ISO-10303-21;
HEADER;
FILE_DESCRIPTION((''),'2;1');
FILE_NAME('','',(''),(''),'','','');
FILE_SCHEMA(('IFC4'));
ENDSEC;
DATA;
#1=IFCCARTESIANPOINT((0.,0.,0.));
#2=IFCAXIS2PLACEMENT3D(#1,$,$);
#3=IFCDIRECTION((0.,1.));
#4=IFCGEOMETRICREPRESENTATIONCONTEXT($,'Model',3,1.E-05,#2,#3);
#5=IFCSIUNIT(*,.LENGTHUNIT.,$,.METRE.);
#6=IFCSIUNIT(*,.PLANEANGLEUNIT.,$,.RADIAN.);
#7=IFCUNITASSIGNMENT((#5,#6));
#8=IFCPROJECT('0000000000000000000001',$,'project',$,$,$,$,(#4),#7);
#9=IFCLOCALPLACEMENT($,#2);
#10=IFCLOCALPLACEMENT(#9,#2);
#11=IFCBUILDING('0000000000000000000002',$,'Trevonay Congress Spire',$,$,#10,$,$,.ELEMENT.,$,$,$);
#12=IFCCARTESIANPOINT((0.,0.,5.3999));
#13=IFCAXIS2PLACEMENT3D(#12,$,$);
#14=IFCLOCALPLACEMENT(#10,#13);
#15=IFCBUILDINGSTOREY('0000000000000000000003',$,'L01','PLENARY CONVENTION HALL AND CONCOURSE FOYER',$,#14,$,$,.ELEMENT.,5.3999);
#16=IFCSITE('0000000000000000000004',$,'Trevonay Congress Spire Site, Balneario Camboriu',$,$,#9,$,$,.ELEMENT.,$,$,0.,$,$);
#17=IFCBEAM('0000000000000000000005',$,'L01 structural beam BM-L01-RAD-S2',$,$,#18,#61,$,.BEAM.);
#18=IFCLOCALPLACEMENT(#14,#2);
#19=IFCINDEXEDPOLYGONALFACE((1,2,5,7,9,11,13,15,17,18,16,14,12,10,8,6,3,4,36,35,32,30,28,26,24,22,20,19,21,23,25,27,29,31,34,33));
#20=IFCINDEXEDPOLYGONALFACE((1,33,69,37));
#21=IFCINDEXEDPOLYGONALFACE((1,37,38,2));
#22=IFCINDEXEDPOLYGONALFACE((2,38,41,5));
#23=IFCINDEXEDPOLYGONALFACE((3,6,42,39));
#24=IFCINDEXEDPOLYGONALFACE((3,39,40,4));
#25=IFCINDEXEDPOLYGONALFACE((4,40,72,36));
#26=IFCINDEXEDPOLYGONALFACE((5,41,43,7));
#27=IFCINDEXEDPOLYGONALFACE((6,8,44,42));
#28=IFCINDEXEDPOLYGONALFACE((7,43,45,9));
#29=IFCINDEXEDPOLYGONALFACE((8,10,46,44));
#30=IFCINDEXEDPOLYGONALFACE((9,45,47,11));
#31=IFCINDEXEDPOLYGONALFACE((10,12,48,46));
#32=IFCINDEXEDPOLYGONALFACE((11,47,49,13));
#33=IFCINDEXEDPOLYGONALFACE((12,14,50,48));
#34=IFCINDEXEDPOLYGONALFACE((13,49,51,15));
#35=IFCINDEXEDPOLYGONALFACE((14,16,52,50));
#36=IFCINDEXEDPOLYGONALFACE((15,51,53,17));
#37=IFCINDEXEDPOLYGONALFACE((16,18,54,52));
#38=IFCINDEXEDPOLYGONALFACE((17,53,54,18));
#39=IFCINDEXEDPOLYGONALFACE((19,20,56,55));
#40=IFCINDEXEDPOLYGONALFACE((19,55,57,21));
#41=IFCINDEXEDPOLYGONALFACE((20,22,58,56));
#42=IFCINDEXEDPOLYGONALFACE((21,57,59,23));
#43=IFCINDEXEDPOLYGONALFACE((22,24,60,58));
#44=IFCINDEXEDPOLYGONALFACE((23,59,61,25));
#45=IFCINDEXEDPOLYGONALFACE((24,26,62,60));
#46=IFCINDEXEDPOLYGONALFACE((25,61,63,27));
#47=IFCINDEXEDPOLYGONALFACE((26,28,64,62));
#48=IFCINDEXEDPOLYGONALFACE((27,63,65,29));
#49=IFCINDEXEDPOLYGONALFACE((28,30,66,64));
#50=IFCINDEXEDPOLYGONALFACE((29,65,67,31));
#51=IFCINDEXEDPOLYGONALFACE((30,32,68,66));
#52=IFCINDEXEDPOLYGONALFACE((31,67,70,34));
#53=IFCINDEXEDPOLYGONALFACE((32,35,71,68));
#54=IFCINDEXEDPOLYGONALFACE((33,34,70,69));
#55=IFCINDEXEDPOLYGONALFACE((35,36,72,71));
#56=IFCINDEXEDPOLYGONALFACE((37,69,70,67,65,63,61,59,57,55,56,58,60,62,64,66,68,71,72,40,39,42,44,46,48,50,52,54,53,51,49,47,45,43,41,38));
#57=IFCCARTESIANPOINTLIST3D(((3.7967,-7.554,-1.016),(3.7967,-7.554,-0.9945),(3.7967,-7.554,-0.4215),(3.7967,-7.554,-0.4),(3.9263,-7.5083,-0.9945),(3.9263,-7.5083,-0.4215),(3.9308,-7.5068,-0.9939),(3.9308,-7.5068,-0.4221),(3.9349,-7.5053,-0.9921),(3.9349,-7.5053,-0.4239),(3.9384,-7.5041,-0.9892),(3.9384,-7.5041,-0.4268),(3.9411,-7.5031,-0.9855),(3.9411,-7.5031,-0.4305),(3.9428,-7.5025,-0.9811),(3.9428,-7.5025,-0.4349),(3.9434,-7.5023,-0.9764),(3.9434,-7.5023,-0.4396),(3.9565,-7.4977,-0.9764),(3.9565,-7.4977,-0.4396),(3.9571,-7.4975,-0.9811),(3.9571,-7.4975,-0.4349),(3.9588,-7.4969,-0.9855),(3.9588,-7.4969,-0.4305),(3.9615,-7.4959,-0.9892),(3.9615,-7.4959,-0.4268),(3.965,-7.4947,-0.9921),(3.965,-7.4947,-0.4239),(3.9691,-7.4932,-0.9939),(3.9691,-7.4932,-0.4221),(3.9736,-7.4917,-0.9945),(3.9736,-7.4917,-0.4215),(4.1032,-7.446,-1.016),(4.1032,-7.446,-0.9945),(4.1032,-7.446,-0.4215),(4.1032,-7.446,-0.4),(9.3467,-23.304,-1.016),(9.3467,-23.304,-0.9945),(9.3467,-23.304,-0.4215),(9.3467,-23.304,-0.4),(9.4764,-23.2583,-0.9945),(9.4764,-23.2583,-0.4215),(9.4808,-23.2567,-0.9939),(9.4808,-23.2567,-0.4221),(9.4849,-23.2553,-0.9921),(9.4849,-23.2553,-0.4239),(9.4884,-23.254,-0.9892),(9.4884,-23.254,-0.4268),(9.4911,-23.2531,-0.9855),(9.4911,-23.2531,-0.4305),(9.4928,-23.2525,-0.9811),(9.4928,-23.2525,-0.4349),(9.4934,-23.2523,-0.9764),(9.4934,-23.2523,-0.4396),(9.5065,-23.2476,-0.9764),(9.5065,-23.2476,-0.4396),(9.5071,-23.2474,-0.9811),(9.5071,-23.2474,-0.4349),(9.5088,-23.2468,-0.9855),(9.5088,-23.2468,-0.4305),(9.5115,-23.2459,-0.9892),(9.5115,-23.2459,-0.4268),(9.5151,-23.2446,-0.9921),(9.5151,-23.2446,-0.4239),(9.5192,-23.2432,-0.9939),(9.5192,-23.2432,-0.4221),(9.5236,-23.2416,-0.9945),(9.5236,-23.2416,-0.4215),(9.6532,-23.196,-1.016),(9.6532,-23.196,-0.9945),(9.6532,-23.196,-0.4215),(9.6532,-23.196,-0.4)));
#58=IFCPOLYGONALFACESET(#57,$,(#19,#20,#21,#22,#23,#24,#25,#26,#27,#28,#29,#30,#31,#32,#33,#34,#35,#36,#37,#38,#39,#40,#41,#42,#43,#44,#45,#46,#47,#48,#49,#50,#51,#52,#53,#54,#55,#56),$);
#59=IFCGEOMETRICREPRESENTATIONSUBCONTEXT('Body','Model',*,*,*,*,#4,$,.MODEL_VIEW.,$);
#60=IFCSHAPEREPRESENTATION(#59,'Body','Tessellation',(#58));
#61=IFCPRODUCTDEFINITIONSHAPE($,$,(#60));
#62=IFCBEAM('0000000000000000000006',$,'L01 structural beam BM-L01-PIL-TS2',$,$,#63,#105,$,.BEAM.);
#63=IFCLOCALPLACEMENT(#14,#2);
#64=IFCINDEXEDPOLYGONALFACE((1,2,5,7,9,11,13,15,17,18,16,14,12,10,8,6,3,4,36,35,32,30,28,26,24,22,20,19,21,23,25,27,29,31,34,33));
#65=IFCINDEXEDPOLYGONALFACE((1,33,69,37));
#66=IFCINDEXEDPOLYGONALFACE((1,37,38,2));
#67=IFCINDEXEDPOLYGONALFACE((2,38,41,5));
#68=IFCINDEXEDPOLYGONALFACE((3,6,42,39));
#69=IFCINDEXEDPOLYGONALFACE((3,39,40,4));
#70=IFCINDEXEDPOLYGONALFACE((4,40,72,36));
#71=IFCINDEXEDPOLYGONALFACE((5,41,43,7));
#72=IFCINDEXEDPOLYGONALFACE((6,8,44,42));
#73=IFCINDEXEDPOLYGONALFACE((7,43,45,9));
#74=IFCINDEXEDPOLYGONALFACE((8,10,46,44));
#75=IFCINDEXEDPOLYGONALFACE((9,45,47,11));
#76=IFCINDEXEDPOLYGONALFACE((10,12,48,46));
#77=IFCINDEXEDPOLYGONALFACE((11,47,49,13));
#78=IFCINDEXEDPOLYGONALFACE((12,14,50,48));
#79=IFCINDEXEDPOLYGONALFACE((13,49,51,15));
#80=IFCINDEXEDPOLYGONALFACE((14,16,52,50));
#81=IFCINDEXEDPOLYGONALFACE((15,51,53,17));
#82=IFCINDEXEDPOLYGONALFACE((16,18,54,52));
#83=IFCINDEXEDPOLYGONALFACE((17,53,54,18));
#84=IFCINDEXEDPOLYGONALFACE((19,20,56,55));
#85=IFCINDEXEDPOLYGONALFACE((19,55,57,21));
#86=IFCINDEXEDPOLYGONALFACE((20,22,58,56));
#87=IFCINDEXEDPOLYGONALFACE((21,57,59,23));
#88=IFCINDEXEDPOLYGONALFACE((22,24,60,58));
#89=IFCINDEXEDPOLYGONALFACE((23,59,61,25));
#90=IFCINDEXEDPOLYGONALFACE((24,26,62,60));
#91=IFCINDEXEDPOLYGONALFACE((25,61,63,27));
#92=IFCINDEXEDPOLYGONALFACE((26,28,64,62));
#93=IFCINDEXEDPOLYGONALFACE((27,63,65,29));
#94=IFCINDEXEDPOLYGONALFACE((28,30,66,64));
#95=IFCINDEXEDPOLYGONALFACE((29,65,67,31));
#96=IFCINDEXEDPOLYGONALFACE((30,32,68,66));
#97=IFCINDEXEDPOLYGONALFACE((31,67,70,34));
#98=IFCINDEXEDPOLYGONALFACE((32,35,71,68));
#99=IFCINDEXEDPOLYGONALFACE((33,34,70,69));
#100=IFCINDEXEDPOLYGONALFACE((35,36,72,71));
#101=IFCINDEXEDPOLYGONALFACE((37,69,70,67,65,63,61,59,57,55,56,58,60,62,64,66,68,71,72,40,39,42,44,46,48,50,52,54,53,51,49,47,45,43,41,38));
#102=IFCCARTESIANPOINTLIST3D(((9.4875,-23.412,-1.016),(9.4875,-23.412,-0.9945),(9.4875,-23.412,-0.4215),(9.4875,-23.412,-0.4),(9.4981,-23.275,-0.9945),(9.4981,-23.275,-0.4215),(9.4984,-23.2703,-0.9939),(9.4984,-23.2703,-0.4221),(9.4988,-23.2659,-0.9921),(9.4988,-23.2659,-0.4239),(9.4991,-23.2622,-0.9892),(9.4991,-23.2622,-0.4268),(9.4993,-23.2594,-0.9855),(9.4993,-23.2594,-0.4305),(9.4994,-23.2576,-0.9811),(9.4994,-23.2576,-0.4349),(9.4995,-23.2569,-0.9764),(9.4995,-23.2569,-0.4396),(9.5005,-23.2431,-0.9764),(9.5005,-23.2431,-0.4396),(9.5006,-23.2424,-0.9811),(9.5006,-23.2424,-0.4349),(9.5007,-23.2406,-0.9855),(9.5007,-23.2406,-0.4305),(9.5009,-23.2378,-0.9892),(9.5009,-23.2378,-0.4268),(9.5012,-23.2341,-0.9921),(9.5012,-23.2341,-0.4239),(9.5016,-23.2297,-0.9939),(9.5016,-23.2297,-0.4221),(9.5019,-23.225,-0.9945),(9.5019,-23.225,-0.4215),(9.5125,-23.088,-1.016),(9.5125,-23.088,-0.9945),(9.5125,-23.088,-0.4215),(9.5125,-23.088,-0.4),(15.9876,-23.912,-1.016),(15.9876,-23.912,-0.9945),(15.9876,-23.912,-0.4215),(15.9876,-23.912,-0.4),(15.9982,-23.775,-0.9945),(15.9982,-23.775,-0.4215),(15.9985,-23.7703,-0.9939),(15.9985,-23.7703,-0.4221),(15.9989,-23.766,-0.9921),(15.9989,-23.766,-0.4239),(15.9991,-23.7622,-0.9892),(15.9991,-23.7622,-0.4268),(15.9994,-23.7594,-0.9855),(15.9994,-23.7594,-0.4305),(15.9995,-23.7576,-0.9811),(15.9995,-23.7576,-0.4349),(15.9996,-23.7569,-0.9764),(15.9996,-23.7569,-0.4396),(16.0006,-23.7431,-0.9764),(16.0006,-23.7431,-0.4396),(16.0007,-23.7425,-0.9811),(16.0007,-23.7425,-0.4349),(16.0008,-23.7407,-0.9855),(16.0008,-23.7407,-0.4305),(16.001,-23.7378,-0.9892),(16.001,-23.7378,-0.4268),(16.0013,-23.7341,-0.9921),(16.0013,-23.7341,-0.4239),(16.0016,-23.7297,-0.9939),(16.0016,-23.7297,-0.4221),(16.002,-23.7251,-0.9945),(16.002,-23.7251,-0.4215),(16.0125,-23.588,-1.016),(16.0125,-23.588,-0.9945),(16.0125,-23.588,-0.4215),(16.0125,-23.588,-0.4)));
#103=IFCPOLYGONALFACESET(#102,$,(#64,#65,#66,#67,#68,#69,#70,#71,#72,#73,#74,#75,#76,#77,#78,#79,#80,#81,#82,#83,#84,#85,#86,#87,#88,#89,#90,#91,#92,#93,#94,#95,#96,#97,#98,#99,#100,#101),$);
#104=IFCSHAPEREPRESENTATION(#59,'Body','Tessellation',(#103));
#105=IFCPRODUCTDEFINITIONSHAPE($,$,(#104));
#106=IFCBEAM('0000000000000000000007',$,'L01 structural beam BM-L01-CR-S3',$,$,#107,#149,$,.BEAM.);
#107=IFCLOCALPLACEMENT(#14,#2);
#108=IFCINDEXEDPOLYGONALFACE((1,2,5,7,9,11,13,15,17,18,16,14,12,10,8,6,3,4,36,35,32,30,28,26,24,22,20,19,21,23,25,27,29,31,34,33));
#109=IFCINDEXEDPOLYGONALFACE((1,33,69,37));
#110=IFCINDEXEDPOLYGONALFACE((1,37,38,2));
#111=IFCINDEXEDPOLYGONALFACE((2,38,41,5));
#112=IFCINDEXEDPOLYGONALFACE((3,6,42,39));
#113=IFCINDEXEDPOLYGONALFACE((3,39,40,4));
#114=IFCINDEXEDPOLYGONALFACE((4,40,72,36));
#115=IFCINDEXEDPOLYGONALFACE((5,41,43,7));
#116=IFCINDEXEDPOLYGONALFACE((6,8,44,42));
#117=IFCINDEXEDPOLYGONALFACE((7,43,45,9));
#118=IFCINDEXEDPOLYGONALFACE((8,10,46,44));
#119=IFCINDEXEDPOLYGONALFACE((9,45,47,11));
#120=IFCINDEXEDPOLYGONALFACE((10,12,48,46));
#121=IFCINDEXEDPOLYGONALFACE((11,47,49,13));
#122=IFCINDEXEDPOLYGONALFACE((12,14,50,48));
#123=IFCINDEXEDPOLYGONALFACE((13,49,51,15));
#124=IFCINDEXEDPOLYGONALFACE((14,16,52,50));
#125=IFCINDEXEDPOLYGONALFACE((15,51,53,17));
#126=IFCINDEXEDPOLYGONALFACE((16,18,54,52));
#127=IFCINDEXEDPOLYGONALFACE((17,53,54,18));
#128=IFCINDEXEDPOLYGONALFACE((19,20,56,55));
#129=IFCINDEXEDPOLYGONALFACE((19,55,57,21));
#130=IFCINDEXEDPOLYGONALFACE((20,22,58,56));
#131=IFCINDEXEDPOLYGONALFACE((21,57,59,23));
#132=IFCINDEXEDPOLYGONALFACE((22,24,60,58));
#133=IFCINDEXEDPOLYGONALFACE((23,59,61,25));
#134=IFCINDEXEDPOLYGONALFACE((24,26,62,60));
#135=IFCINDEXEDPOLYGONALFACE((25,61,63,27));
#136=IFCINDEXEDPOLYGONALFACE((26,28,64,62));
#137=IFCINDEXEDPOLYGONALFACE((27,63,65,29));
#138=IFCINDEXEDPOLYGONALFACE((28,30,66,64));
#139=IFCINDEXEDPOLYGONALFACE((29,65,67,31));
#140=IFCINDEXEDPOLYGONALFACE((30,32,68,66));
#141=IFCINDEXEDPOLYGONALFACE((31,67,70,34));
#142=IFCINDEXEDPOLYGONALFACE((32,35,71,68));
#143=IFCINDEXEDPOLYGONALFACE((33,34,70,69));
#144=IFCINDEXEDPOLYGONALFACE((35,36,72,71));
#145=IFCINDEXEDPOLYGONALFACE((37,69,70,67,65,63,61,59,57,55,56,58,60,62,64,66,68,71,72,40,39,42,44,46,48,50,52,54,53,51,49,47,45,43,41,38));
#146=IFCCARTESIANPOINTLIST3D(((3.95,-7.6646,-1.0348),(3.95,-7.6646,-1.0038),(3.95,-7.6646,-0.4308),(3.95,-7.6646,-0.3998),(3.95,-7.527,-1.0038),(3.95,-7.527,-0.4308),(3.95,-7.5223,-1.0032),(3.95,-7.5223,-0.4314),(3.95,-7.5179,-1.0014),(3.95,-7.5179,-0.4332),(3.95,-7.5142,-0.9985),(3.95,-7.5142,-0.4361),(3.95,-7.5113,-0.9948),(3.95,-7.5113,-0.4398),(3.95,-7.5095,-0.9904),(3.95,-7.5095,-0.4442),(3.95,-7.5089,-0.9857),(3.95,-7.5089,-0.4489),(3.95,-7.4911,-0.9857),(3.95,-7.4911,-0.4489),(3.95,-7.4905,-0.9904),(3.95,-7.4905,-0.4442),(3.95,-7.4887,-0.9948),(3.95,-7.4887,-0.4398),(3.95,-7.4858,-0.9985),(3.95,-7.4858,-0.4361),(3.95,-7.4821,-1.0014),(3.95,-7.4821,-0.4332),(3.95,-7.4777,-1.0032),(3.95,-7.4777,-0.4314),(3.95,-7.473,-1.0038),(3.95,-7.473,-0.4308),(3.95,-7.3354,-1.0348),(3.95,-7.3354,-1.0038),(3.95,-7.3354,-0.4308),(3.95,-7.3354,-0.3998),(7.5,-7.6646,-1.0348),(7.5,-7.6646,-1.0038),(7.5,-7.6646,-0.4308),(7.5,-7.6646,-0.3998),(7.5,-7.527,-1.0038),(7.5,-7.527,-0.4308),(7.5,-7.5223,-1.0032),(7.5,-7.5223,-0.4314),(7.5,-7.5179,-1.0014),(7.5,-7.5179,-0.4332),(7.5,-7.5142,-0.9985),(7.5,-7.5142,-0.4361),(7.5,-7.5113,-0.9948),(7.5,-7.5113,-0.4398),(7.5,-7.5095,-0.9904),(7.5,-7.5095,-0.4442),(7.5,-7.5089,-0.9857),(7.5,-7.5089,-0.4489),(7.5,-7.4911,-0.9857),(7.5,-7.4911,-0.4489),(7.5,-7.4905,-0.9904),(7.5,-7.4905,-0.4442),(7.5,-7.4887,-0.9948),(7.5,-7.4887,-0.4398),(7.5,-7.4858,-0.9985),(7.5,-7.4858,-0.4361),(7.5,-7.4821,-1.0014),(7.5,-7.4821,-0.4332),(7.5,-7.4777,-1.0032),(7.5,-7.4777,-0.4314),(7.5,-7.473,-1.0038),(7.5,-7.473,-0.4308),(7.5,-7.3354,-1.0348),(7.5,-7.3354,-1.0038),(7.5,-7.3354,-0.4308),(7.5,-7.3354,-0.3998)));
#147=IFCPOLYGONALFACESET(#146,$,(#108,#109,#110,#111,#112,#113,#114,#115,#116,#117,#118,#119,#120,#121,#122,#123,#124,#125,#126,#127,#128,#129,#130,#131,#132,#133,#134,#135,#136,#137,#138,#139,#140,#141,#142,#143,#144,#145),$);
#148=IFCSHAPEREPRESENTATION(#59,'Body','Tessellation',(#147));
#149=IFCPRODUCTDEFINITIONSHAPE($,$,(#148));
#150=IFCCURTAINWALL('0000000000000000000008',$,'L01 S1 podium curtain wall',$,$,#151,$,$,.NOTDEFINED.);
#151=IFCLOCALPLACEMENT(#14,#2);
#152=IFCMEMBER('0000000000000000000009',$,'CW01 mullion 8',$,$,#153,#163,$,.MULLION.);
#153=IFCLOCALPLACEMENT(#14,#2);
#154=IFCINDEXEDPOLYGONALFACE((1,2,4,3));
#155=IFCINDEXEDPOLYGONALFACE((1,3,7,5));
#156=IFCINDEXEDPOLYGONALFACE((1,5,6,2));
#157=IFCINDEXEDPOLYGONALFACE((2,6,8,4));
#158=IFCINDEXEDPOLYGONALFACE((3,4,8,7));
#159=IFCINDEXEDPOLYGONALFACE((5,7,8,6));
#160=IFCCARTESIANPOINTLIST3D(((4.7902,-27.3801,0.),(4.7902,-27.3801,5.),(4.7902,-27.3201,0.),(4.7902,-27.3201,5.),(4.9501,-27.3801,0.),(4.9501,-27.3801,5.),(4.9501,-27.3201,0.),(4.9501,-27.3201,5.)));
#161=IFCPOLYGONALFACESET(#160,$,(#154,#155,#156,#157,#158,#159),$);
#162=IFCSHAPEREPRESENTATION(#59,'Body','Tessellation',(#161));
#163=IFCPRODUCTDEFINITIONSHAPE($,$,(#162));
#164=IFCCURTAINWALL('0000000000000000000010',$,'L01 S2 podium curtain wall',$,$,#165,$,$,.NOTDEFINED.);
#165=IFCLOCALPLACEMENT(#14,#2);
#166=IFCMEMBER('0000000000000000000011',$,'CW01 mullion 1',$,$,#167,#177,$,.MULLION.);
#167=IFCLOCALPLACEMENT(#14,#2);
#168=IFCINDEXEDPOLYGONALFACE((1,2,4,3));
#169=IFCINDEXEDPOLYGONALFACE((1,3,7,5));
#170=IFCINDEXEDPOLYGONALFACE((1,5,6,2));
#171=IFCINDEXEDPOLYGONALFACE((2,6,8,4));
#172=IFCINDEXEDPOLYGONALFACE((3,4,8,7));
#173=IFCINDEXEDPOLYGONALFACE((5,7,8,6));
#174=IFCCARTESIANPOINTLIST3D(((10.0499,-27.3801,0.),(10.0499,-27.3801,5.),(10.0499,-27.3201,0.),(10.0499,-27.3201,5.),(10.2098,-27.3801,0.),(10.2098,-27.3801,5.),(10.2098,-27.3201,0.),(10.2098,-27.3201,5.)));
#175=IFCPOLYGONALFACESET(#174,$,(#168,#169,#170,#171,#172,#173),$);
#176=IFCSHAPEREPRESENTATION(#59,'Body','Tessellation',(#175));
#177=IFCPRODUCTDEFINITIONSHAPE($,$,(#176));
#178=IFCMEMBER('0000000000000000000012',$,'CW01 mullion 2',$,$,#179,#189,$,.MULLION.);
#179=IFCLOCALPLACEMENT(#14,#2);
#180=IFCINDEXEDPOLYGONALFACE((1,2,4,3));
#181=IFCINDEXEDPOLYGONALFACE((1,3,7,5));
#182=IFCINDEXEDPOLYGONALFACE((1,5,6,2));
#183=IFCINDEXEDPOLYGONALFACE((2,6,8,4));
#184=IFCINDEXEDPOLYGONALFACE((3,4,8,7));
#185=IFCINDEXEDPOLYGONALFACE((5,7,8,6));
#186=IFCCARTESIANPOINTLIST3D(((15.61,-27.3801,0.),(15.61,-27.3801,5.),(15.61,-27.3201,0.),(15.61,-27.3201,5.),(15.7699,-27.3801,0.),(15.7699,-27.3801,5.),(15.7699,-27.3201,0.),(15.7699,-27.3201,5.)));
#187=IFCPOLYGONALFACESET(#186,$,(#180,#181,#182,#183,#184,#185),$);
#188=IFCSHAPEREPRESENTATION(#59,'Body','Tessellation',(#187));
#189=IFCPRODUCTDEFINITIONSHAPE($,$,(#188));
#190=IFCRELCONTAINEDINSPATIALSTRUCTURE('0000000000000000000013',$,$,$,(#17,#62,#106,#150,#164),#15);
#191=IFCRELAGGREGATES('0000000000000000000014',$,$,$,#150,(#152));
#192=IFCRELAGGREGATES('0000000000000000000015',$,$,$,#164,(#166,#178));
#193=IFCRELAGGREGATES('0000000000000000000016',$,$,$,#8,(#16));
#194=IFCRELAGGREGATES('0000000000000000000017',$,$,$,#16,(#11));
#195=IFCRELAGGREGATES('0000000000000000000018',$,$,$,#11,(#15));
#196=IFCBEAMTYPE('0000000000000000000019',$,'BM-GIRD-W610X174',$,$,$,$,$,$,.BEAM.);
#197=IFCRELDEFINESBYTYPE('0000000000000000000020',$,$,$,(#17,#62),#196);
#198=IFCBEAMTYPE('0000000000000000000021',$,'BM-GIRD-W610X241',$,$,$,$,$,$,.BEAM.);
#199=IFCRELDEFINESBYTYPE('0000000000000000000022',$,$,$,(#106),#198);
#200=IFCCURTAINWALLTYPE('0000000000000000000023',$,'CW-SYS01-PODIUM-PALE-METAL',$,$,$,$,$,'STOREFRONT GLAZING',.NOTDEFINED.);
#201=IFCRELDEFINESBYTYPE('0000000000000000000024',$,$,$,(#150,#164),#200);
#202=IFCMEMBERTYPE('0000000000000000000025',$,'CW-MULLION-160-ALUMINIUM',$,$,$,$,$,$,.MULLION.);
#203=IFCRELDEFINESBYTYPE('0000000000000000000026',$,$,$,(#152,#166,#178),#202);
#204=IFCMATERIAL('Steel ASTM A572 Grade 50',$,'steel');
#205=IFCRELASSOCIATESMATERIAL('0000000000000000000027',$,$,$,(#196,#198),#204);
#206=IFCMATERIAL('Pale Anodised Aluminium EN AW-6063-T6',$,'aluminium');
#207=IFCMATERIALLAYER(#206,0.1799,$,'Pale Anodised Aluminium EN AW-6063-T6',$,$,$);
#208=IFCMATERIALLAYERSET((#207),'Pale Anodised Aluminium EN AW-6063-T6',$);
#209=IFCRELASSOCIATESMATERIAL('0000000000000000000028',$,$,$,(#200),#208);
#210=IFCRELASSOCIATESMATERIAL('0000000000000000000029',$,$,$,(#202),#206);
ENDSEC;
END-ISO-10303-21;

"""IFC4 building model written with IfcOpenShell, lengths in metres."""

from ifc_helpers import new_model, si_unit, direction, frame, origin, origin_2d, place, context, subcontext, project, spatial, rectangle, i_section, extrude, material, layer, layer_set, material_profile, profile_set, type_object, element, aggregate, save


model = new_model("IFC4")

# Units and contexts
model_context = context("Model", 3, precision=1e-05, world=origin(), true_north=direction((0.0, 1.0)))
body_context = subcontext(model_context, "Body", "Model", "MODEL_VIEW")
ifc_project = project(units=[si_unit("LENGTHUNIT", "METRE"), si_unit("PLANEANGLEUNIT", "RADIAN")], contexts=[model_context])

# Site, building, storey
site_placement = place(None, origin())
site = spatial("IfcSite", under=ifc_project, at=site_placement, Name="Trevonay Congress Spire Site, Balneario Camboriu", CompositionType="ELEMENT", RefElevation=0.0)
building_placement = place(site_placement, origin())
building = spatial("IfcBuilding", under=site, at=building_placement, Name="Trevonay Congress Spire", CompositionType="ELEMENT")
storey_placement = place(building_placement, frame((0.0, 0.0, 5.3999)))
storey = spatial("IfcBuildingStorey", under=building, at=storey_placement, Name="L01", Description="PLENARY CONVENTION HALL AND CONCOURSE FOYER", CompositionType="ELEMENT", Elevation=5.3999)

# Shared definitions
ifc_material_1 = material(Name="Steel ASTM A572 Grade 50", Category="steel")

# Beams
ifc_material_profile_1 = material_profile(ifc_material_1, i_section(OverallWidth=0.325, OverallDepth=0.616, WebThickness=0.0139, FlangeThickness=0.0215, FilletRadius=0.0181, at=origin_2d()), Name="W610x174")
ifc_profile_set_1 = profile_set([ifc_material_profile_1], Name="Steel ASTM A572 Grade 50")
beam_type_1 = type_object("IfcBeamType", Name="BM-GIRD-W610X174", PredefinedType="BEAM", material=ifc_profile_set_1)
beam_1_placement = place(storey_placement, frame((3.95, -7.5, -0.708), z_axis=(0.332353, -0.943155, 0.0), x_axis=(0.943155, 0.332353, 0.0)))
element("IfcBeam", 1, at=beam_1_placement, inside=storey, type_object=beam_type_1, Name="L01 structural beam BM-L01-RAD-S2", PredefinedType="BEAM", context=body_context, shape_type="SweptSolid", body=[
    extrude(i_section(OverallWidth=0.325, OverallDepth=0.616, WebThickness=0.0139, FlangeThickness=0.0215, FilletRadius=0.0181, at=origin_2d()), origin(), (0.0, 0.0, 1.0), 16.6992),
])
beam_2_placement = place(storey_placement, frame((9.5, -23.25, -0.708), z_axis=(0.997054, -0.076696, 0.0), x_axis=(0.076696, 0.997054, 0.0)))
element("IfcBeam", 2, at=beam_2_placement, inside=storey, type_object=beam_type_1, Name="L01 structural beam BM-L01-PIL-TS2", PredefinedType="BEAM", context=body_context, shape_type="SweptSolid", body=[
    extrude(i_section(OverallWidth=0.325, OverallDepth=0.616, WebThickness=0.0139, FlangeThickness=0.0215, FilletRadius=0.0181, at=origin_2d()), origin(), (0.0, 0.0, 1.0), 6.5193),
])
ifc_material_profile_2 = material_profile(ifc_material_1, i_section(OverallWidth=0.3291, OverallDepth=0.635, WebThickness=0.0178, FlangeThickness=0.031, FilletRadius=0.0181, at=origin_2d()), Name="W610x241")
ifc_profile_set_2 = profile_set([ifc_material_profile_2], Name="Steel ASTM A572 Grade 50")
beam_type_2 = type_object("IfcBeamType", Name="BM-GIRD-W610X241", PredefinedType="BEAM", material=ifc_profile_set_2)
beam_3_placement = place(storey_placement, frame((3.95, -7.5, -0.7173), z_axis=(1.0, 0.0, 0.0), x_axis=(0.0, 1.0, 0.0)))
element("IfcBeam", 3, at=beam_3_placement, inside=storey, type_object=beam_type_2, Name="L01 structural beam BM-L01-CR-S3", PredefinedType="BEAM", context=body_context, shape_type="SweptSolid", body=[
    extrude(i_section(OverallWidth=0.3291, OverallDepth=0.635, WebThickness=0.0178, FlangeThickness=0.031, FilletRadius=0.0181, at=origin_2d()), origin(), (0.0, 0.0, 1.0), 3.55),
])

# Curtain wall, member
ifc_material_2 = material(Name="Pale Anodised Aluminium EN AW-6063-T6", Category="aluminium")
ifc_layer_1 = layer(ifc_material_2, 0.1799, Name="Pale Anodised Aluminium EN AW-6063-T6")
ifc_layer_set_1 = layer_set([ifc_layer_1], Name="Pale Anodised Aluminium EN AW-6063-T6")
curtain_wall_type = type_object("IfcCurtainWallType", Name="CW-SYS01-PODIUM-PALE-METAL", ElementType="STOREFRONT GLAZING", PredefinedType="NOTDEFINED", material=ifc_layer_set_1)
curtain_wall_1_placement = place(storey_placement, origin())
curtain_wall_1 = element("IfcCurtainWall", 4, at=curtain_wall_1_placement, inside=storey, type_object=curtain_wall_type, Name="L01 S1 podium curtain wall", PredefinedType="NOTDEFINED")
ifc_material_profile_3 = material_profile(ifc_material_2, rectangle(XDim=0.0601, YDim=0.1599, at=origin_2d()), Name="CW-MULLION-160-ALUMINIUM")
ifc_profile_set_3 = profile_set([ifc_material_profile_3], Name="Pale Anodised Aluminium EN AW-6063-T6")
member_type_1 = type_object("IfcMemberType", Name="CW-MULLION-160-ALUMINIUM", PredefinedType="MULLION", material=ifc_profile_set_3)
member_1_placement = place(storey_placement, frame((4.8701, -27.3501, 0.0), z_axis=(0.0, 0.0, 1.0), x_axis=(0.0, 1.0, 0.0)))
member_1 = element("IfcMember", 5, at=member_1_placement, type_object=member_type_1, Name="CW01 mullion 8", PredefinedType="MULLION", context=body_context, shape_type="SweptSolid", body=[
    extrude(rectangle(XDim=0.0601, YDim=0.1599, at=origin_2d()), origin(), (0.0, 0.0, 1.0), 5.0),
])

# Curtain wall, members
curtain_wall_2_placement = place(storey_placement, origin())
curtain_wall_2 = element("IfcCurtainWall", 6, at=curtain_wall_2_placement, inside=storey, type_object=curtain_wall_type, Name="L01 S2 podium curtain wall", PredefinedType="NOTDEFINED")
member_2_placement = place(storey_placement, frame((10.1299, -27.3501, 0.0), z_axis=(0.0, 0.0, 1.0), x_axis=(0.0, 1.0, 0.0)))
member_2 = element("IfcMember", 7, at=member_2_placement, type_object=member_type_1, Name="CW01 mullion 1", PredefinedType="MULLION", context=body_context, shape_type="SweptSolid", body=[
    extrude(rectangle(XDim=0.0601, YDim=0.1599, at=origin_2d()), origin(), (0.0, 0.0, 1.0), 5.0),
])
member_3_placement = place(storey_placement, frame((15.6899, -27.3501, 0.0), z_axis=(0.0, 0.0, 1.0), x_axis=(0.0, 1.0, 0.0)))
member_3 = element("IfcMember", 8, at=member_3_placement, type_object=member_type_1, Name="CW01 mullion 2", PredefinedType="MULLION", context=body_context, shape_type="SweptSolid", body=[
    extrude(rectangle(XDim=0.0601, YDim=0.1599, at=origin_2d()), origin(), (0.0, 0.0, 1.0), 5.0),
])

aggregate(curtain_wall_1, [member_1])
aggregate(curtain_wall_2, [member_2, member_3])

save(model, "model.ifc")
